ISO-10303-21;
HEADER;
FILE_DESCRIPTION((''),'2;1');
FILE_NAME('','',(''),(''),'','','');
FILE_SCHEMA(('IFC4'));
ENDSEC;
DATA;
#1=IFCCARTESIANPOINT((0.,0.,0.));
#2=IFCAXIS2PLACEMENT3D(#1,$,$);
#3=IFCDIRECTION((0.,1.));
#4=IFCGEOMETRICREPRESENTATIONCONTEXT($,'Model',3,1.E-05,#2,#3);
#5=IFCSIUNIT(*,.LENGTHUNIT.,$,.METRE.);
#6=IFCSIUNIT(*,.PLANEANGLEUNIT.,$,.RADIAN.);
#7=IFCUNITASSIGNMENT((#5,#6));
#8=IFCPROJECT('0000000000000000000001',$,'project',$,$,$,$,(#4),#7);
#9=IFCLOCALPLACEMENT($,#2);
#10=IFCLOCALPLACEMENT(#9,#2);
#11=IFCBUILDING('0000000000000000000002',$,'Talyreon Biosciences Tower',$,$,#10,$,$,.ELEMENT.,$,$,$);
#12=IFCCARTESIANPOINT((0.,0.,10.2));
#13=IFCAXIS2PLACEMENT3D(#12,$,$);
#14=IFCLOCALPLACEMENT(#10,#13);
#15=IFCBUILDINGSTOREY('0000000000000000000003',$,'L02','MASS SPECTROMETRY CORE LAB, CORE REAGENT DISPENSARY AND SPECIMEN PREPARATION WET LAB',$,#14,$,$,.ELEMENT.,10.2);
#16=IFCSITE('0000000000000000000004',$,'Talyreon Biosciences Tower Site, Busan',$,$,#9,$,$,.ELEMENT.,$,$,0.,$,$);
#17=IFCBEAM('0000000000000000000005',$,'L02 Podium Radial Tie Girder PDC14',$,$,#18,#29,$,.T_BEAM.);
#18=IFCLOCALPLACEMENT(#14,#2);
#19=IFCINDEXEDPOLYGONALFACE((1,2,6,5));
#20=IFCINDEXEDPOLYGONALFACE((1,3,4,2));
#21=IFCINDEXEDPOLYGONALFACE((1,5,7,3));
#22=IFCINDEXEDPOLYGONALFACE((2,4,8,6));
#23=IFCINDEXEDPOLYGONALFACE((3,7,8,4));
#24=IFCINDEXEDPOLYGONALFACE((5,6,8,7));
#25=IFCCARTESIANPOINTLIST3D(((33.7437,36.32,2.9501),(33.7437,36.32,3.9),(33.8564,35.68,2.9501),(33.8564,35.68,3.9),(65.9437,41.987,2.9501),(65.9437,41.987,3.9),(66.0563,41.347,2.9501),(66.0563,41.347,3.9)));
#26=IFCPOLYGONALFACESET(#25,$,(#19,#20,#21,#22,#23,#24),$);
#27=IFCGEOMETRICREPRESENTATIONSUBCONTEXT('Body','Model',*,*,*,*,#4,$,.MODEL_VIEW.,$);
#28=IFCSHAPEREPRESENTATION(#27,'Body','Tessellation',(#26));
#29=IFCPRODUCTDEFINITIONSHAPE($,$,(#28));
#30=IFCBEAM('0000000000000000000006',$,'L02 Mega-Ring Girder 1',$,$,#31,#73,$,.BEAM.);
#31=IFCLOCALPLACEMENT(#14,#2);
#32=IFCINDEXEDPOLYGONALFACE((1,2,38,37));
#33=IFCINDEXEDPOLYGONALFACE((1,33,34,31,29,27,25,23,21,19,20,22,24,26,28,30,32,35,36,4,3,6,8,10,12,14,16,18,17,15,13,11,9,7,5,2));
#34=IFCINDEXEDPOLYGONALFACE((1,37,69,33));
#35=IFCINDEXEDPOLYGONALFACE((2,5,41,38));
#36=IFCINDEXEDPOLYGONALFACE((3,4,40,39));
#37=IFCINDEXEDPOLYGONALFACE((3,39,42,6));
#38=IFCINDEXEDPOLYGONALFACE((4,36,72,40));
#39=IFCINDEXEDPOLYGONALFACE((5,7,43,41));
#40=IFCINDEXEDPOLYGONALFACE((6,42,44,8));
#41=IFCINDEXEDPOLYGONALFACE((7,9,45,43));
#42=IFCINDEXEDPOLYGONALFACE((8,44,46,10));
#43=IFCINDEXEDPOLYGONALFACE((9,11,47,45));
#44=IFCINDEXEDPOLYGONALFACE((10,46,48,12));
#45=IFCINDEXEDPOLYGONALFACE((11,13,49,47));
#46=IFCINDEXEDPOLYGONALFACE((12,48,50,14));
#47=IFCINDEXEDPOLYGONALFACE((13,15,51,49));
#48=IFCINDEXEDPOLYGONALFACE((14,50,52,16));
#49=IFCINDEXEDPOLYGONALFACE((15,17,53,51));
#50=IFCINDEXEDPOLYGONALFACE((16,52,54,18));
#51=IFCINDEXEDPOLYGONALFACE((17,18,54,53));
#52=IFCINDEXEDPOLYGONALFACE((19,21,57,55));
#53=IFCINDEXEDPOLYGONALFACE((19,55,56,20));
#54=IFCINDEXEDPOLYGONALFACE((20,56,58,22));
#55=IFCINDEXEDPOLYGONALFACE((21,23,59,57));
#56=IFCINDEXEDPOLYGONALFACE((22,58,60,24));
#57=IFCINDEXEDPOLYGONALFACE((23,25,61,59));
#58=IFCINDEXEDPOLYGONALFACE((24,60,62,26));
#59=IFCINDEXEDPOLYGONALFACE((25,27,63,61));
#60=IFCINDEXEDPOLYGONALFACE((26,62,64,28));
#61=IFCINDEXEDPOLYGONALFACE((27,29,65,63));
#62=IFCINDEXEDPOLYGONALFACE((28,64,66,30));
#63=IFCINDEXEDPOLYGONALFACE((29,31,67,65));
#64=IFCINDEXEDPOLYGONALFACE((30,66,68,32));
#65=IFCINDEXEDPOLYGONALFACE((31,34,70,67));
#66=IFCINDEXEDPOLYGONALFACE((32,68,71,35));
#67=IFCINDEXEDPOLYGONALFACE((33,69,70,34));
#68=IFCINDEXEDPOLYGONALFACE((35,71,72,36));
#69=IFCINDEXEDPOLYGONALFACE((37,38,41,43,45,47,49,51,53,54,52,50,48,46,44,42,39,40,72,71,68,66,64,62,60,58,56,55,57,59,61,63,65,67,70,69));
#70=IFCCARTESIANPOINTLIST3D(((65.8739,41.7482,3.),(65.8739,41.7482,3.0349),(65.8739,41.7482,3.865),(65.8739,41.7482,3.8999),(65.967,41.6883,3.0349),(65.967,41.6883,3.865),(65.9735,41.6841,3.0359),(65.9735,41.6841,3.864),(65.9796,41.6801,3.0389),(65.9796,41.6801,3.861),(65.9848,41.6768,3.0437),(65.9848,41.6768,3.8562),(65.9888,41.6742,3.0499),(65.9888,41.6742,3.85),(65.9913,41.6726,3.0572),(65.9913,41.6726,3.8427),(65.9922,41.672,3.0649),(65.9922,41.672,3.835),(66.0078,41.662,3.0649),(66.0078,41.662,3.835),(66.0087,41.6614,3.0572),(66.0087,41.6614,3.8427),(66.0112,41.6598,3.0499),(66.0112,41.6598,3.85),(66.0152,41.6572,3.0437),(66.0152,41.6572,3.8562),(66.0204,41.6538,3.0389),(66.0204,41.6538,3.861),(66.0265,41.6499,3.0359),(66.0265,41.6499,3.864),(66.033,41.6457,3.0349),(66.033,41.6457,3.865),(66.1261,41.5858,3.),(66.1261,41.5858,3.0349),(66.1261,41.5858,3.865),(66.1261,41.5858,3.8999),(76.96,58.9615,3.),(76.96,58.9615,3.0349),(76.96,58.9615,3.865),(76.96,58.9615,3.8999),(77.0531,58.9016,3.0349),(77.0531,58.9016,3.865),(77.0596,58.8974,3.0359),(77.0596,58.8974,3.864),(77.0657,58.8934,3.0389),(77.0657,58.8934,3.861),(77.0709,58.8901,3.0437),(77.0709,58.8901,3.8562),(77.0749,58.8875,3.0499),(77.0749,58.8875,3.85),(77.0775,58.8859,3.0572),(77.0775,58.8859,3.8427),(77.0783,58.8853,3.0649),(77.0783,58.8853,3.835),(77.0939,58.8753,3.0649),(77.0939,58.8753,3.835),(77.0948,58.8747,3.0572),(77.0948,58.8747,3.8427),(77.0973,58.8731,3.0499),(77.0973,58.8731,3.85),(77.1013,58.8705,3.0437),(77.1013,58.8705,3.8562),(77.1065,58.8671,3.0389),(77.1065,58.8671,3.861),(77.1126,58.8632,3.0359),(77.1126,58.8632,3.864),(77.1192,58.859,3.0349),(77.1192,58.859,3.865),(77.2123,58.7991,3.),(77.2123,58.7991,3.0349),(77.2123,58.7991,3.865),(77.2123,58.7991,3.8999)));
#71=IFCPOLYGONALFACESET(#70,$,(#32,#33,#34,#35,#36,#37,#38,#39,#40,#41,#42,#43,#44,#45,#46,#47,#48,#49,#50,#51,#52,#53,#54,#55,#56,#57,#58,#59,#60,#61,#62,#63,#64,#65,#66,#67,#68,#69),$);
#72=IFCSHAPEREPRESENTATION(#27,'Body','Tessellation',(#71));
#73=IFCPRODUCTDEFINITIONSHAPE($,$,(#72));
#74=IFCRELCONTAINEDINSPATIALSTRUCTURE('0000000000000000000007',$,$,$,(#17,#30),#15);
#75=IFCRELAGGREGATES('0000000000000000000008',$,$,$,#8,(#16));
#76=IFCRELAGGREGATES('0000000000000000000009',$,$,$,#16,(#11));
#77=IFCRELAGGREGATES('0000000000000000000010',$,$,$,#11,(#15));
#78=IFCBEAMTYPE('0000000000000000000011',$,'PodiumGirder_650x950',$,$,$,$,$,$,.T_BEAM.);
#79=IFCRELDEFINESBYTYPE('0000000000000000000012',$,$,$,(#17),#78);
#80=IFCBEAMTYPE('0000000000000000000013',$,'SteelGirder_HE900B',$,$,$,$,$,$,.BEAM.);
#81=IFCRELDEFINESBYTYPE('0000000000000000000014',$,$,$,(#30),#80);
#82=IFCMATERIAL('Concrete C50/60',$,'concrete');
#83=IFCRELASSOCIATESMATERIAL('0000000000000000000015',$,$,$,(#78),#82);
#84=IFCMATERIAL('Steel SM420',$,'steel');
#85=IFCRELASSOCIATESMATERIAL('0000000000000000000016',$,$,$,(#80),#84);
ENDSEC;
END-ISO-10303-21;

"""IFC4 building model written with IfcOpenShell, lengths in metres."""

from ifc_helpers import new_model, si_unit, direction, frame, origin, origin_2d, place, context, subcontext, project, spatial, rectangle, i_section, extrude, material, material_profile, profile_set, type_object, element, save


model = new_model("IFC4")

# Units and contexts
model_context = context("Model", 3, precision=1e-05, world=origin(), true_north=direction((0.0, 1.0)))
body_context = subcontext(model_context, "Body", "Model", "MODEL_VIEW")
ifc_project = project(units=[si_unit("LENGTHUNIT", "METRE"), si_unit("PLANEANGLEUNIT", "RADIAN")], contexts=[model_context])

# Site, building, storey
site_placement = place(None, origin())
site = spatial("IfcSite", under=ifc_project, at=site_placement, Name="Talyreon Biosciences Tower Site, Busan", CompositionType="ELEMENT", RefElevation=0.0)
building_placement = place(site_placement, origin())
building = spatial("IfcBuilding", under=site, at=building_placement, Name="Talyreon Biosciences Tower", CompositionType="ELEMENT")
storey_placement = place(building_placement, frame((0.0, 0.0, 10.2)))
storey = spatial("IfcBuildingStorey", under=building, at=storey_placement, Name="L02", Description="MASS SPECTROMETRY CORE LAB, CORE REAGENT DISPENSARY AND SPECIMEN PREPARATION WET LAB", CompositionType="ELEMENT", Elevation=10.2)

# Beams
ifc_material_1 = material(Name="Concrete C50/60", Category="concrete")
ifc_material_profile_1 = material_profile(ifc_material_1, rectangle(XDim=0.6499, YDim=0.95, at=origin_2d()), Name="RCB 650x950")
ifc_profile_set_1 = profile_set([ifc_material_profile_1], Name="Concrete C50/60")
beam_type_1 = type_object("IfcBeamType", Name="PodiumGirder_650x950", PredefinedType="T_BEAM", material=ifc_profile_set_1)
beam_1_placement = place(storey_placement, frame((66.0, 41.667, 3.425), z_axis=(-0.984864, -0.17333, 0.0), x_axis=(0.17333, -0.984864, 0.0)))
element("IfcBeam", 1, at=beam_1_placement, inside=storey, type_object=beam_type_1, Name="L02 Podium Radial Tie Girder PDC14", PredefinedType="T_BEAM", context=body_context, shape_type="SweptSolid", body=[
    extrude(rectangle(XDim=0.6499, YDim=0.95, at=origin_2d()), origin(), (0.0, 0.0, 1.0), 32.6948),
])
ifc_material_2 = material(Name="Steel SM420", Category="steel")
ifc_material_profile_2 = material_profile(ifc_material_2, i_section(OverallWidth=0.3, OverallDepth=0.8999, WebThickness=0.0186, FlangeThickness=0.0349, FilletRadius=0.03, at=origin_2d()), Name="HE900B")
ifc_profile_set_2 = profile_set([ifc_material_profile_2], Name="Steel SM420")
beam_type_2 = type_object("IfcBeamType", Name="SteelGirder_HE900B", PredefinedType="BEAM", material=ifc_profile_set_2)
beam_2_placement = place(storey_placement, frame((66.0, 41.667, 3.45), z_axis=(0.541464, 0.840724, 0.0), x_axis=(-0.840724, 0.541464, 0.0)))
element("IfcBeam", 2, at=beam_2_placement, inside=storey, type_object=beam_type_2, Name="L02 Mega-Ring Girder 1", PredefinedType="BEAM", context=body_context, shape_type="SweptSolid", body=[
    extrude(i_section(OverallWidth=0.3, OverallDepth=0.8999, WebThickness=0.0186, FlangeThickness=0.0349, FilletRadius=0.03, at=origin_2d()), origin(), (0.0, 0.0, 1.0), 20.4744),
])

save(model, "model.ifc")
